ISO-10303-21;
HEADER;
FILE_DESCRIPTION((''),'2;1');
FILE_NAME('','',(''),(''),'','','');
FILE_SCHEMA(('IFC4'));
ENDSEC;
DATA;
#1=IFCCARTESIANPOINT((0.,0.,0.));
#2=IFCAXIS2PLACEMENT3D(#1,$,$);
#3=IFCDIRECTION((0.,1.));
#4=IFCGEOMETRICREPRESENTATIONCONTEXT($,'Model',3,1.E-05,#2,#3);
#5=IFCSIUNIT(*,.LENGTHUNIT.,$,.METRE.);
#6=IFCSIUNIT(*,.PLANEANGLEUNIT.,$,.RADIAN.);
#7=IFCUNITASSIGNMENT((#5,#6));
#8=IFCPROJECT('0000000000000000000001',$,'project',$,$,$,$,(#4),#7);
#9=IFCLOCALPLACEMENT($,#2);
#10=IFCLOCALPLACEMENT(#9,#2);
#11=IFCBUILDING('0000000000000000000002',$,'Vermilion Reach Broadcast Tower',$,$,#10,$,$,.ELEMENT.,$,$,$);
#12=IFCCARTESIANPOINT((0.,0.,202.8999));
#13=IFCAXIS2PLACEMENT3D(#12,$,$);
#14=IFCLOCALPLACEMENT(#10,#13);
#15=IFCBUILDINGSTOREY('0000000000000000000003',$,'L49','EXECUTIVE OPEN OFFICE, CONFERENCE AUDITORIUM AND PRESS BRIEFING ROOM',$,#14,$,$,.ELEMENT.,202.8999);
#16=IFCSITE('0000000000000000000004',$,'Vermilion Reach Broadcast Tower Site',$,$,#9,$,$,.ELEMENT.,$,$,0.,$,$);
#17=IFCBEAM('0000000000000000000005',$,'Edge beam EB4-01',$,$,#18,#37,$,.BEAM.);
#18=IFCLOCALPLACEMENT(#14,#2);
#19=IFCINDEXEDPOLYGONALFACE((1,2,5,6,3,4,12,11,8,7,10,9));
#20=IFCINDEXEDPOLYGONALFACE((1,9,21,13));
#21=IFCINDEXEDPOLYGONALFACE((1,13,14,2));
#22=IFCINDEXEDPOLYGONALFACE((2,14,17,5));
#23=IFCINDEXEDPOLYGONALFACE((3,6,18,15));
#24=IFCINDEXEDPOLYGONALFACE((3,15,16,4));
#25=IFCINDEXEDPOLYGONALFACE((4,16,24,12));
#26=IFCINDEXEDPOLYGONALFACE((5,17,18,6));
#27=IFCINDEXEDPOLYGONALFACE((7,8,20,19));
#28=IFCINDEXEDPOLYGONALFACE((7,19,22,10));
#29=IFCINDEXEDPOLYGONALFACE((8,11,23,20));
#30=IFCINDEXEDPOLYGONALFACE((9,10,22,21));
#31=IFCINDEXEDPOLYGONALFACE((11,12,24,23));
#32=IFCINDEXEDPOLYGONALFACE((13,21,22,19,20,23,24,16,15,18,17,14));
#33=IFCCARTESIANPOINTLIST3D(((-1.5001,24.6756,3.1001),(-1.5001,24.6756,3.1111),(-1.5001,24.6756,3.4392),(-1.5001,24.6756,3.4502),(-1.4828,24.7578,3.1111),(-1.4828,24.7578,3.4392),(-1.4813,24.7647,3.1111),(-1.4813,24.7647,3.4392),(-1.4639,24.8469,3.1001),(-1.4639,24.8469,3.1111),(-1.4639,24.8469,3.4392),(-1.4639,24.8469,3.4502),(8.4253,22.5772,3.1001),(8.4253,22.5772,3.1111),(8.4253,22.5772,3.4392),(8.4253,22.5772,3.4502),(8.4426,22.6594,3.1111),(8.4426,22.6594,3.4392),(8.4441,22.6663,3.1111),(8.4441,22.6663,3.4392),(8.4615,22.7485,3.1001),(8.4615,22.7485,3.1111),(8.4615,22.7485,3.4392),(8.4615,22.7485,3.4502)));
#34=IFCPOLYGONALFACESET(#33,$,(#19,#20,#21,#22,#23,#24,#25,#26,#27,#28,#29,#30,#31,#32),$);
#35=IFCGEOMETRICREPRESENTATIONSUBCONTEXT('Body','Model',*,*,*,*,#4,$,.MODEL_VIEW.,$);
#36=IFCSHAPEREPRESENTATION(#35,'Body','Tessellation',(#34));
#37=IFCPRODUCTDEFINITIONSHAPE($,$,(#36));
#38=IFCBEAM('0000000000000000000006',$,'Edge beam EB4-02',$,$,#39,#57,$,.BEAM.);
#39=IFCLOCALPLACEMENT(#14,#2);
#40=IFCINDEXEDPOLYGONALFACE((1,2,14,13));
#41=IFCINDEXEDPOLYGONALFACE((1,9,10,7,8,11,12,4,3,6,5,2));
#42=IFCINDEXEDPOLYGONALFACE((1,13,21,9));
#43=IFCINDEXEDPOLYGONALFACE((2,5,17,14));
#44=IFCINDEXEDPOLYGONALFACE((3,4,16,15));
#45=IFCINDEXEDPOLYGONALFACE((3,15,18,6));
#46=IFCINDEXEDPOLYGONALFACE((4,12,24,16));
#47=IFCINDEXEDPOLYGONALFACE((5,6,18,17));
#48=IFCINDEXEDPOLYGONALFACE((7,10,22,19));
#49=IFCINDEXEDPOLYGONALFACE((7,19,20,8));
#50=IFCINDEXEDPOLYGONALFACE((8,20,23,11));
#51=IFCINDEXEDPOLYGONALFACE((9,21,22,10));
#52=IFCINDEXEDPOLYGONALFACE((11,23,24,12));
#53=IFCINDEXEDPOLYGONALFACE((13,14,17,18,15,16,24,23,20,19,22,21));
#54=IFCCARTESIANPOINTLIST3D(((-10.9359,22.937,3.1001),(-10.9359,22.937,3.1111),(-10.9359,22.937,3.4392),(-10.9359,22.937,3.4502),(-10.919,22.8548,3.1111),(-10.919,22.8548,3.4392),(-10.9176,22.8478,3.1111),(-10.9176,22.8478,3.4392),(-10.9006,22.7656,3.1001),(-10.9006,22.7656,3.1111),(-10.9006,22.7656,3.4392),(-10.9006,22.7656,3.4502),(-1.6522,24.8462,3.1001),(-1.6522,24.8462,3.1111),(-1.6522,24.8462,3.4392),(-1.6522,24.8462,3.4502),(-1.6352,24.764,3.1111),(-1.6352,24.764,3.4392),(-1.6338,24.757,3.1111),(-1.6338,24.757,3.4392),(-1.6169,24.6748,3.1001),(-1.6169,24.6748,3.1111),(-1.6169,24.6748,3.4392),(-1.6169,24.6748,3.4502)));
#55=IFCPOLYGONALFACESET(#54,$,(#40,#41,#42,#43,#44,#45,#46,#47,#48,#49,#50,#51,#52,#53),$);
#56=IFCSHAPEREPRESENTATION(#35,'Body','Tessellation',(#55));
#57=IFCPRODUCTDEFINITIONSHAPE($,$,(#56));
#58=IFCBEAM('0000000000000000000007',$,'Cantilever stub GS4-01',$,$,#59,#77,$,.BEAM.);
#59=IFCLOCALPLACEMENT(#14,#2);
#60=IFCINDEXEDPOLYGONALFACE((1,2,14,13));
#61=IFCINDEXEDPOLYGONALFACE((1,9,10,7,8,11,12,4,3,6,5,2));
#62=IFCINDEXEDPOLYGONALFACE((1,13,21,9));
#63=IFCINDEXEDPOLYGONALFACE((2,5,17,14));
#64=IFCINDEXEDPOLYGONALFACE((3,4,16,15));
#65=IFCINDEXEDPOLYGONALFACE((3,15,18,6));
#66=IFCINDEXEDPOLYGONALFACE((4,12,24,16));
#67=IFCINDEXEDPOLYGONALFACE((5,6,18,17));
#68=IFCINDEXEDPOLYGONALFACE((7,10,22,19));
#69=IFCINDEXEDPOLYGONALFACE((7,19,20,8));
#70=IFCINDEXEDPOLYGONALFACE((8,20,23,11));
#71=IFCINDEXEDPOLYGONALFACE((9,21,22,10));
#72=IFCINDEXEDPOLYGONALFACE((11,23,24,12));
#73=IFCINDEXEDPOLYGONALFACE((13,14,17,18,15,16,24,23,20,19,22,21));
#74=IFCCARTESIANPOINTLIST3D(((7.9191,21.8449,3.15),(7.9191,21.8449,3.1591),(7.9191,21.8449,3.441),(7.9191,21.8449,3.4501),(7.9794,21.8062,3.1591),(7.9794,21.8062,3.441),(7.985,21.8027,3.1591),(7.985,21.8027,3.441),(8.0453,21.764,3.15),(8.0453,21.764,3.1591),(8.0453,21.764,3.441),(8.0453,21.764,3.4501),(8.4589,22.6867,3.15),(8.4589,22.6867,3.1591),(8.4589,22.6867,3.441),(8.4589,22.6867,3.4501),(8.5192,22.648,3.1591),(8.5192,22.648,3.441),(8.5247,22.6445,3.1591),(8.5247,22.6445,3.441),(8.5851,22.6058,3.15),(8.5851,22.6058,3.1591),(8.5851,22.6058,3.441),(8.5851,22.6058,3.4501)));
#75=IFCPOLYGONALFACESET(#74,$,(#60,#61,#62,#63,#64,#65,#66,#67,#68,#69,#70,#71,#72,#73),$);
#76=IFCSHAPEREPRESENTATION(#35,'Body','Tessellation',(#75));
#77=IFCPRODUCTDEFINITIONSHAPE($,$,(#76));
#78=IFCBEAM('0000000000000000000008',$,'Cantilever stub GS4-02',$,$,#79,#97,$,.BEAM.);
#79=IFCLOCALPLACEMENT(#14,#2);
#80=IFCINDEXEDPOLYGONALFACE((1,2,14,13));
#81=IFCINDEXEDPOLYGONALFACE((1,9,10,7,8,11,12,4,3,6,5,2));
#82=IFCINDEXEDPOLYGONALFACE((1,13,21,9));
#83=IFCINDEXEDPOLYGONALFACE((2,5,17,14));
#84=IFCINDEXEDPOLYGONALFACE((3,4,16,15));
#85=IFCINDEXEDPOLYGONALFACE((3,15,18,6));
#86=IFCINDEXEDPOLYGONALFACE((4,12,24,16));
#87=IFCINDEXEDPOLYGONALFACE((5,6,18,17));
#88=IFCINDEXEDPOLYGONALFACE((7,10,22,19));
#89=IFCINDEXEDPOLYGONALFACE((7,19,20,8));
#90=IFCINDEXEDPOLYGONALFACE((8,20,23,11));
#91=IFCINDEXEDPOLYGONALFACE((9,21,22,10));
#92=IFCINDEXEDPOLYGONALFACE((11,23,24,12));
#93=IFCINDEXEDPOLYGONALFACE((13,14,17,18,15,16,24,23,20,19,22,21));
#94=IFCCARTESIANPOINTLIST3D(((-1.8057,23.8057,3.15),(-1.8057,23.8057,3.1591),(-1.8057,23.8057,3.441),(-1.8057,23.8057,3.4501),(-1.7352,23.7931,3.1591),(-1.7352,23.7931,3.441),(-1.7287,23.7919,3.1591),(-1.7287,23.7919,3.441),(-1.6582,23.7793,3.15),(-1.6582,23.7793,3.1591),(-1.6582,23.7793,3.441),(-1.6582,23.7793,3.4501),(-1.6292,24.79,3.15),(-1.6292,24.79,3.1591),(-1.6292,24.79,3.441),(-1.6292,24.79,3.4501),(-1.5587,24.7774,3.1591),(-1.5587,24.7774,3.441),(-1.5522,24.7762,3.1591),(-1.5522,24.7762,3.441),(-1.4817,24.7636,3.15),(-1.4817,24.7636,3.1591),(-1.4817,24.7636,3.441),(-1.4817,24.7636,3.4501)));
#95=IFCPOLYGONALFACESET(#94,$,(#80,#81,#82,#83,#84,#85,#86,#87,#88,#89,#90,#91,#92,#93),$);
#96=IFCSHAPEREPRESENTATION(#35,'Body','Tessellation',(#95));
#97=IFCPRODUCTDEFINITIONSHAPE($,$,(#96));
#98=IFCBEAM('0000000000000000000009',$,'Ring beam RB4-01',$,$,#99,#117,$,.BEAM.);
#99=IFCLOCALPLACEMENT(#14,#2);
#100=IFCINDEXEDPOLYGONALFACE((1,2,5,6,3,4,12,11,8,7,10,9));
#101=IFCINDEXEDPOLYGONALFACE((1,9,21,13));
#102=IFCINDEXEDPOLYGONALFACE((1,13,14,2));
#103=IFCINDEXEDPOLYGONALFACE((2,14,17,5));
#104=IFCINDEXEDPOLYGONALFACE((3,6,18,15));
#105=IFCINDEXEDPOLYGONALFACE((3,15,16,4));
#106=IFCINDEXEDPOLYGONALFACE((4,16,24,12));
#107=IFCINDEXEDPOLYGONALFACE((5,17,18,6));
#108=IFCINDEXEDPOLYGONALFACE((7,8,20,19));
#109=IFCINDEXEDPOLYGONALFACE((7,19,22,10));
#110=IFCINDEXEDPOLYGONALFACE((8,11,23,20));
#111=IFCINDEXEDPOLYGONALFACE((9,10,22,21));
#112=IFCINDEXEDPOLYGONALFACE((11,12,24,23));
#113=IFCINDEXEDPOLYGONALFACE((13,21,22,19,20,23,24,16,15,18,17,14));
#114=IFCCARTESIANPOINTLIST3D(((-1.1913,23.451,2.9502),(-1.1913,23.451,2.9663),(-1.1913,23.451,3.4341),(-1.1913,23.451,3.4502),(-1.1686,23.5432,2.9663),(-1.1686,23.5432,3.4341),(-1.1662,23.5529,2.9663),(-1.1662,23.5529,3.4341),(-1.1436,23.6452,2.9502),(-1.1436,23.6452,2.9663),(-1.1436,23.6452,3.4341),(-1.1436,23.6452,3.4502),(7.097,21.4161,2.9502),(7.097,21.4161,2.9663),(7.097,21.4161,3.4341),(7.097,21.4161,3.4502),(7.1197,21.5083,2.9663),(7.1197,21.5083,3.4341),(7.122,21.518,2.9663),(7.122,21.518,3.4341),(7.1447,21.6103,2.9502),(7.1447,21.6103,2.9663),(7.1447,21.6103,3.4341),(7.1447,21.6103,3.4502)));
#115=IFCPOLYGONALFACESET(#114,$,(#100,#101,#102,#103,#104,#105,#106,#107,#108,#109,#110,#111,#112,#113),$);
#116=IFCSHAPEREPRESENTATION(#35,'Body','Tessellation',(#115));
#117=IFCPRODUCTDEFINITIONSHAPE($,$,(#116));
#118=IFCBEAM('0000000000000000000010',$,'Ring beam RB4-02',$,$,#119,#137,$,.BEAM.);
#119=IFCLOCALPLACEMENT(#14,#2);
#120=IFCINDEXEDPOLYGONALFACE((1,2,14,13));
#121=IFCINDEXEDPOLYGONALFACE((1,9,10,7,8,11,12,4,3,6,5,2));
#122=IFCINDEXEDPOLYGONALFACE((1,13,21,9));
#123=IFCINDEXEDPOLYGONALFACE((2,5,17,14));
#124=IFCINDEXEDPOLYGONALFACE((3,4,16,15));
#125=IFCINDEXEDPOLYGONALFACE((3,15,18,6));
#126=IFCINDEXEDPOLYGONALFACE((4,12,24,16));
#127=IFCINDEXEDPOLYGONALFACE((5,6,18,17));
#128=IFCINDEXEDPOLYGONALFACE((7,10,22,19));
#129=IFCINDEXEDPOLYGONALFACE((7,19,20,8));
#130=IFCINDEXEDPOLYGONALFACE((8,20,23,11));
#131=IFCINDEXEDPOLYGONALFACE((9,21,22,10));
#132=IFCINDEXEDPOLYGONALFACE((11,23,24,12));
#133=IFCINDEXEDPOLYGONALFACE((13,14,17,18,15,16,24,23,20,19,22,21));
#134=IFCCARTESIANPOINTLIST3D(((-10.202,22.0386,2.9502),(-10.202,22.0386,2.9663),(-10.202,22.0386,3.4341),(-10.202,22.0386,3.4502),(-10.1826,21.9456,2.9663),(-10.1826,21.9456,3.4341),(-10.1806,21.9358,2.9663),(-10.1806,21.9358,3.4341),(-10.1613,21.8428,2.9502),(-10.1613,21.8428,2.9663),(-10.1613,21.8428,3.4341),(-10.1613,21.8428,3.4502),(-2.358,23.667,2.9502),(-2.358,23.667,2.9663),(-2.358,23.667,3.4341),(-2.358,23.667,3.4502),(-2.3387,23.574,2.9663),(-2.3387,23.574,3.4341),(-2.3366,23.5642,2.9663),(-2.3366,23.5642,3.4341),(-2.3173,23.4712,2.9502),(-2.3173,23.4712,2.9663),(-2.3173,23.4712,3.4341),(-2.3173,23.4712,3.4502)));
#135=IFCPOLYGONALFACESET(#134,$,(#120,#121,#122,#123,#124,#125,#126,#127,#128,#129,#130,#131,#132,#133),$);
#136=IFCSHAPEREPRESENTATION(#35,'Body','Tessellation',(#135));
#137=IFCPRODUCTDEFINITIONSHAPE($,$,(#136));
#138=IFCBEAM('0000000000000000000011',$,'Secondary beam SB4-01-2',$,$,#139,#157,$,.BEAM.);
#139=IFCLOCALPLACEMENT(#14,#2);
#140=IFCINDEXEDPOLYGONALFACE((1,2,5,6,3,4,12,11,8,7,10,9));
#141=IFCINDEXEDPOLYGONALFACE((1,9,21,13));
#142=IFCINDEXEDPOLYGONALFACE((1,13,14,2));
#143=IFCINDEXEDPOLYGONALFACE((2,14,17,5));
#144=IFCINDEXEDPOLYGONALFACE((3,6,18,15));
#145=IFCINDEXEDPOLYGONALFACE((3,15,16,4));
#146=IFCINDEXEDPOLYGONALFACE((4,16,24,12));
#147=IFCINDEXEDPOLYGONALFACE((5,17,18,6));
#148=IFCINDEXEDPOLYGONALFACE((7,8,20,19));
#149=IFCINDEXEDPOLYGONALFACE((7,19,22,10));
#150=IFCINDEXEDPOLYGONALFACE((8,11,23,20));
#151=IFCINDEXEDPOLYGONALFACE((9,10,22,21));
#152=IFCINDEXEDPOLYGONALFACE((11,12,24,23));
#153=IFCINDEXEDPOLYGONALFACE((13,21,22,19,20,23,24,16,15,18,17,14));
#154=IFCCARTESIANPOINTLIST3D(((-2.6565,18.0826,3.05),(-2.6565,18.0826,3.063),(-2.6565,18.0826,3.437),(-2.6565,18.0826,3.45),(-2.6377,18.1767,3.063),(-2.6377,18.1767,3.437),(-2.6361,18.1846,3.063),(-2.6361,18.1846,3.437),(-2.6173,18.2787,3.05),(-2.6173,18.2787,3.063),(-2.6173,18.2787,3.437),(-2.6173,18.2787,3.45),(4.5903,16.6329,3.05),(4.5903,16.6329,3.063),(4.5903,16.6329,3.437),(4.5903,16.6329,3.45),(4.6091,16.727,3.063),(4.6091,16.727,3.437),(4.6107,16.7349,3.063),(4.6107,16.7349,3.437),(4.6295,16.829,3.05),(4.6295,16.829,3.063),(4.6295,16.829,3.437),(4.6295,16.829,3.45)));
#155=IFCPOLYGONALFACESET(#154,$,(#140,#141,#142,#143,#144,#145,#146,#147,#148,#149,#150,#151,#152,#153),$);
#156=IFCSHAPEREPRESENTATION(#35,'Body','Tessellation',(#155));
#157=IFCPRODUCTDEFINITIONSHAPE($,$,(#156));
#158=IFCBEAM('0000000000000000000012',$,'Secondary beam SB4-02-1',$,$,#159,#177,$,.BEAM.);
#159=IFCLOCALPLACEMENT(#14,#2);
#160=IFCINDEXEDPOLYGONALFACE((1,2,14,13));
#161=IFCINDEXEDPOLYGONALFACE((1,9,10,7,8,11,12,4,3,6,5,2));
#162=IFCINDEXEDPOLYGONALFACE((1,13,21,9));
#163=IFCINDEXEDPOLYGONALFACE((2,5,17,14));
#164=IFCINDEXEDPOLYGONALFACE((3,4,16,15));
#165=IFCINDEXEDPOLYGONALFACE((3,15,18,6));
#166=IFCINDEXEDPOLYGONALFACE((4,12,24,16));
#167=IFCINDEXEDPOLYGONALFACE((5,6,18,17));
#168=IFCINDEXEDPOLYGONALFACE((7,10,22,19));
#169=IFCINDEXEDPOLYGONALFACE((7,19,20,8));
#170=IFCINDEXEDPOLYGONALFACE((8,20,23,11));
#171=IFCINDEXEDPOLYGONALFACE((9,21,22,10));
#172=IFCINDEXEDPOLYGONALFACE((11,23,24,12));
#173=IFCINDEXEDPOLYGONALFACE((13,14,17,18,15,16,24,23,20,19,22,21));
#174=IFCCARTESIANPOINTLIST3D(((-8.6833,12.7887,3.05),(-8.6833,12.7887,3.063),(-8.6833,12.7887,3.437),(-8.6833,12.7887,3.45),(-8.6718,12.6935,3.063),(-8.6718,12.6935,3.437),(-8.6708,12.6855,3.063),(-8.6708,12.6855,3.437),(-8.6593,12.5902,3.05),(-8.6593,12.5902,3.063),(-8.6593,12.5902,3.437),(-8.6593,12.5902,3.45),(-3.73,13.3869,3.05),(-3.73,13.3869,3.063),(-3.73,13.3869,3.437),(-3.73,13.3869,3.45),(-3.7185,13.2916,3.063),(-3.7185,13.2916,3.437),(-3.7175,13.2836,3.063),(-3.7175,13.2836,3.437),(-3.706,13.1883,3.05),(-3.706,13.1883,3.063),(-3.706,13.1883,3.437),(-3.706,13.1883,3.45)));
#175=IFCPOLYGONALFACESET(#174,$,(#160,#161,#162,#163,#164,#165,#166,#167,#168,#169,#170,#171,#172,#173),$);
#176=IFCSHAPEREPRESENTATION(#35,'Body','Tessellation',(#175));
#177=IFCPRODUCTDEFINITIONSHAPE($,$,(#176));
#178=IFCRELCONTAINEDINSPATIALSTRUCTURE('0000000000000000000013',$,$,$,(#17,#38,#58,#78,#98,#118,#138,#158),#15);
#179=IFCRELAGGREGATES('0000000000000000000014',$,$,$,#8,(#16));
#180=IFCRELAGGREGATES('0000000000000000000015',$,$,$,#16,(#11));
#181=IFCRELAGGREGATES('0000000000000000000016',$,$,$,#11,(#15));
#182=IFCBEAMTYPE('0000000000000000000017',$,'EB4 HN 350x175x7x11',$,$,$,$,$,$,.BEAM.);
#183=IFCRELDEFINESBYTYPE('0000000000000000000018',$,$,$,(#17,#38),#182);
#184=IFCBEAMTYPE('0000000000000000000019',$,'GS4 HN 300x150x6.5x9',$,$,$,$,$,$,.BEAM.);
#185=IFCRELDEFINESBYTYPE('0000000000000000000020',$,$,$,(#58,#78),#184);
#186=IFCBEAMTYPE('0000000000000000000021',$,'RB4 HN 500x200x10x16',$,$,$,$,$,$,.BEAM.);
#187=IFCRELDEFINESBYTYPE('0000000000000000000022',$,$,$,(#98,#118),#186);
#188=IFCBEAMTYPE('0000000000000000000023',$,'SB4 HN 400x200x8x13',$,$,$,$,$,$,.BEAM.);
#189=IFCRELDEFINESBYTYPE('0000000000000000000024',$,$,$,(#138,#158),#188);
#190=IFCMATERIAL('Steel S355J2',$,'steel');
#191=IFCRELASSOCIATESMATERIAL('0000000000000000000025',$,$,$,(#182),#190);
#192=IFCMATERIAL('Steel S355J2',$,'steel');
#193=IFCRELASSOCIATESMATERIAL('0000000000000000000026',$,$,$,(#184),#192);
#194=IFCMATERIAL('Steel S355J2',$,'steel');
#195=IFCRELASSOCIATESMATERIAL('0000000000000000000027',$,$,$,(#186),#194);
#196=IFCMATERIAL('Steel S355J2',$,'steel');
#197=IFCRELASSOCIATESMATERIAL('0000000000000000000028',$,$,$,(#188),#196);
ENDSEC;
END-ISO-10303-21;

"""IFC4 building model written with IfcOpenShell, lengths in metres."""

from ifc_helpers import new_model, si_unit, direction, frame, origin, origin_2d, place, context, subcontext, project, spatial, i_section, extrude, material, material_profile, profile_set, type_object, element, save


model = new_model("IFC4")

# Units and contexts
model_context = context("Model", 3, precision=1e-05, world=origin(), true_north=direction((0.0, 1.0)))
body_context = subcontext(model_context, "Body", "Model", "MODEL_VIEW")
ifc_project = project(units=[si_unit("LENGTHUNIT", "METRE"), si_unit("PLANEANGLEUNIT", "RADIAN")], contexts=[model_context])

# Site, building, storey
site_placement = place(None, origin())
site = spatial("IfcSite", under=ifc_project, at=site_placement, Name="Vermilion Reach Broadcast Tower Site", CompositionType="ELEMENT", RefElevation=0.0)
building_placement = place(site_placement, origin())
building = spatial("IfcBuilding", under=site, at=building_placement, Name="Vermilion Reach Broadcast Tower", CompositionType="ELEMENT")
storey_placement = place(building_placement, frame((0.0, 0.0, 202.8999)))
storey = spatial("IfcBuildingStorey", under=building, at=storey_placement, Name="L49", Description="EXECUTIVE OPEN OFFICE, CONFERENCE AUDITORIUM AND PRESS BRIEFING ROOM", CompositionType="ELEMENT", Elevation=202.8999)

# Beams
ifc_material_1 = material(Name="Steel S355J2", Category="steel")
ifc_material_profile_1 = material_profile(ifc_material_1, i_section(OverallWidth=0.175, OverallDepth=0.3501, WebThickness=0.0071, FlangeThickness=0.011, at=origin_2d()), Name="S355J2 HN 350x175x7x11")
ifc_profile_set_1 = profile_set([ifc_material_profile_1], Name="Steel S355J2")
beam_type_1 = type_object("IfcBeamType", Name="EB4 HN 350x175x7x11", PredefinedType="BEAM", material=ifc_profile_set_1)
beam_1_placement = place(storey_placement, frame((8.4434, 22.6628, 3.2751), z_axis=(-0.978373, 0.206846, 0.0), x_axis=(-0.206846, -0.978373, 0.0)))
element("IfcBeam", 1, at=beam_1_placement, inside=storey, type_object=beam_type_1, Name="Edge beam EB4-01", PredefinedType="BEAM", context=body_context, shape_type="SweptSolid", body=[
    extrude(i_section(OverallWidth=0.175, OverallDepth=0.3501, WebThickness=0.0071, FlangeThickness=0.011, at=origin_2d()), origin(), (0.0, 0.0, 1.0), 10.1448),
])
beam_2_placement = place(storey_placement, frame((-1.6345, 24.7605, 3.2751), z_axis=(-0.979502, -0.201433, 0.0), x_axis=(0.201433, -0.979502, 0.0)))
element("IfcBeam", 2, at=beam_2_placement, inside=storey, type_object=beam_type_1, Name="Edge beam EB4-02", PredefinedType="BEAM", context=body_context, shape_type="SweptSolid", body=[
    extrude(i_section(OverallWidth=0.175, OverallDepth=0.3501, WebThickness=0.0071, FlangeThickness=0.011, at=origin_2d()), origin(), (0.0, 0.0, 1.0), 9.478),
])
ifc_material_2 = material(Name="Steel S355J2", Category="steel")
ifc_material_profile_2 = material_profile(ifc_material_2, i_section(OverallWidth=0.1499, OverallDepth=0.3, WebThickness=0.0066, FlangeThickness=0.009, at=origin_2d()), Name="S355J2 HN 300x150x6.5x9")
ifc_profile_set_2 = profile_set([ifc_material_profile_2], Name="Steel S355J2")
beam_type_2 = type_object("IfcBeamType", Name="GS4 HN 300x150x6.5x9", PredefinedType="BEAM", material=ifc_profile_set_2)
for number, where, z_axis, x_axis, name in (
    (3, (7.9822, 21.8044, 3.3), (0.539795, 0.841797, 0.0), (-0.841797, 0.539795, 0.0), "Cantilever stub GS4-01"),
    (4, (-1.7319, 23.7925, 3.3), (0.1765, 0.984301, 0.0), (-0.984301, 0.1765, 0.0), "Cantilever stub GS4-02"),
):
    element("IfcBeam", number, at=place(storey_placement, frame(where, z_axis=z_axis, x_axis=x_axis)), inside=storey, type_object=beam_type_2, Name=name, PredefinedType="BEAM", context=body_context, shape_type="SweptSolid", body=[
        extrude(i_section(OverallWidth=0.1499, OverallDepth=0.3, WebThickness=0.0066, FlangeThickness=0.009, at=origin_2d()), origin(), (0.0, 0.0, 1.0), 1.0),
    ])
ifc_material_3 = material(Name="Steel S355J2", Category="steel")
ifc_material_profile_3 = material_profile(ifc_material_3, i_section(OverallWidth=0.2, OverallDepth=0.5, WebThickness=0.01, FlangeThickness=0.0161, at=origin_2d()), Name="S355J2 HN 500x200x10x16")
ifc_profile_set_3 = profile_set([ifc_material_profile_3], Name="Steel S355J2")
beam_type_3 = type_object("IfcBeamType", Name="RB4 HN 500x200x10x16", PredefinedType="BEAM", material=ifc_profile_set_3)
beam_3_placement = place(storey_placement, frame((7.1208, 21.5132, 3.2002), z_axis=(-0.971159, 0.238434, 0.0), x_axis=(-0.238434, -0.971159, 0.0)))
element("IfcBeam", 5, at=beam_3_placement, inside=storey, type_object=beam_type_3, Name="Ring beam RB4-01", PredefinedType="BEAM", context=body_context, shape_type="SweptSolid", body=[
    extrude(i_section(OverallWidth=0.2, OverallDepth=0.5, WebThickness=0.01, FlangeThickness=0.0161, at=origin_2d()), origin(), (0.0, 0.0, 1.0), 8.5344),
])
beam_4_placement = place(storey_placement, frame((-2.3376, 23.5691, 3.2002), z_axis=(-0.979123, -0.203267, 0.0), x_axis=(0.203267, -0.979123, 0.0)))
element("IfcBeam", 6, at=beam_4_placement, inside=storey, type_object=beam_type_3, Name="Ring beam RB4-02", PredefinedType="BEAM", context=body_context, shape_type="SweptSolid", body=[
    extrude(i_section(OverallWidth=0.2, OverallDepth=0.5, WebThickness=0.01, FlangeThickness=0.0161, at=origin_2d()), origin(), (0.0, 0.0, 1.0), 8.0112),
])
ifc_material_4 = material(Name="Steel S355J2", Category="steel")
ifc_material_profile_4 = material_profile(ifc_material_4, i_section(OverallWidth=0.2, OverallDepth=0.3999, WebThickness=0.0081, FlangeThickness=0.0129, at=origin_2d()), Name="S355J2 HN 400x200x8x13")
ifc_profile_set_4 = profile_set([ifc_material_profile_4], Name="Steel S355J2")
beam_type_4 = type_object("IfcBeamType", Name="SB4 HN 400x200x8x13", PredefinedType="BEAM", material=ifc_profile_set_4)
beam_5_placement = place(storey_placement, frame((4.6099, 16.731, 3.25), z_axis=(-0.980572, 0.196161, 0.0), x_axis=(-0.196161, -0.980572, 0.0)))
element("IfcBeam", 7, at=beam_5_placement, inside=storey, type_object=beam_type_4, Name="Secondary beam SB4-01-2", PredefinedType="BEAM", context=body_context, shape_type="SweptSolid", body=[
    extrude(i_section(OverallWidth=0.2, OverallDepth=0.3999, WebThickness=0.0081, FlangeThickness=0.0129, at=origin_2d()), origin(), (0.0, 0.0, 1.0), 7.3904),
])
beam_6_placement = place(storey_placement, frame((-3.718, 13.2876, 3.25), z_axis=(-0.992788, -0.119884, 0.0), x_axis=(0.119884, -0.992788, 0.0)))
element("IfcBeam", 8, at=beam_6_placement, inside=storey, type_object=beam_type_4, Name="Secondary beam SB4-02-1", PredefinedType="BEAM", context=body_context, shape_type="SweptSolid", body=[
    extrude(i_section(OverallWidth=0.2, OverallDepth=0.3999, WebThickness=0.0081, FlangeThickness=0.0129, at=origin_2d()), origin(), (0.0, 0.0, 1.0), 4.9893),
])

save(model, "model.ifc")
